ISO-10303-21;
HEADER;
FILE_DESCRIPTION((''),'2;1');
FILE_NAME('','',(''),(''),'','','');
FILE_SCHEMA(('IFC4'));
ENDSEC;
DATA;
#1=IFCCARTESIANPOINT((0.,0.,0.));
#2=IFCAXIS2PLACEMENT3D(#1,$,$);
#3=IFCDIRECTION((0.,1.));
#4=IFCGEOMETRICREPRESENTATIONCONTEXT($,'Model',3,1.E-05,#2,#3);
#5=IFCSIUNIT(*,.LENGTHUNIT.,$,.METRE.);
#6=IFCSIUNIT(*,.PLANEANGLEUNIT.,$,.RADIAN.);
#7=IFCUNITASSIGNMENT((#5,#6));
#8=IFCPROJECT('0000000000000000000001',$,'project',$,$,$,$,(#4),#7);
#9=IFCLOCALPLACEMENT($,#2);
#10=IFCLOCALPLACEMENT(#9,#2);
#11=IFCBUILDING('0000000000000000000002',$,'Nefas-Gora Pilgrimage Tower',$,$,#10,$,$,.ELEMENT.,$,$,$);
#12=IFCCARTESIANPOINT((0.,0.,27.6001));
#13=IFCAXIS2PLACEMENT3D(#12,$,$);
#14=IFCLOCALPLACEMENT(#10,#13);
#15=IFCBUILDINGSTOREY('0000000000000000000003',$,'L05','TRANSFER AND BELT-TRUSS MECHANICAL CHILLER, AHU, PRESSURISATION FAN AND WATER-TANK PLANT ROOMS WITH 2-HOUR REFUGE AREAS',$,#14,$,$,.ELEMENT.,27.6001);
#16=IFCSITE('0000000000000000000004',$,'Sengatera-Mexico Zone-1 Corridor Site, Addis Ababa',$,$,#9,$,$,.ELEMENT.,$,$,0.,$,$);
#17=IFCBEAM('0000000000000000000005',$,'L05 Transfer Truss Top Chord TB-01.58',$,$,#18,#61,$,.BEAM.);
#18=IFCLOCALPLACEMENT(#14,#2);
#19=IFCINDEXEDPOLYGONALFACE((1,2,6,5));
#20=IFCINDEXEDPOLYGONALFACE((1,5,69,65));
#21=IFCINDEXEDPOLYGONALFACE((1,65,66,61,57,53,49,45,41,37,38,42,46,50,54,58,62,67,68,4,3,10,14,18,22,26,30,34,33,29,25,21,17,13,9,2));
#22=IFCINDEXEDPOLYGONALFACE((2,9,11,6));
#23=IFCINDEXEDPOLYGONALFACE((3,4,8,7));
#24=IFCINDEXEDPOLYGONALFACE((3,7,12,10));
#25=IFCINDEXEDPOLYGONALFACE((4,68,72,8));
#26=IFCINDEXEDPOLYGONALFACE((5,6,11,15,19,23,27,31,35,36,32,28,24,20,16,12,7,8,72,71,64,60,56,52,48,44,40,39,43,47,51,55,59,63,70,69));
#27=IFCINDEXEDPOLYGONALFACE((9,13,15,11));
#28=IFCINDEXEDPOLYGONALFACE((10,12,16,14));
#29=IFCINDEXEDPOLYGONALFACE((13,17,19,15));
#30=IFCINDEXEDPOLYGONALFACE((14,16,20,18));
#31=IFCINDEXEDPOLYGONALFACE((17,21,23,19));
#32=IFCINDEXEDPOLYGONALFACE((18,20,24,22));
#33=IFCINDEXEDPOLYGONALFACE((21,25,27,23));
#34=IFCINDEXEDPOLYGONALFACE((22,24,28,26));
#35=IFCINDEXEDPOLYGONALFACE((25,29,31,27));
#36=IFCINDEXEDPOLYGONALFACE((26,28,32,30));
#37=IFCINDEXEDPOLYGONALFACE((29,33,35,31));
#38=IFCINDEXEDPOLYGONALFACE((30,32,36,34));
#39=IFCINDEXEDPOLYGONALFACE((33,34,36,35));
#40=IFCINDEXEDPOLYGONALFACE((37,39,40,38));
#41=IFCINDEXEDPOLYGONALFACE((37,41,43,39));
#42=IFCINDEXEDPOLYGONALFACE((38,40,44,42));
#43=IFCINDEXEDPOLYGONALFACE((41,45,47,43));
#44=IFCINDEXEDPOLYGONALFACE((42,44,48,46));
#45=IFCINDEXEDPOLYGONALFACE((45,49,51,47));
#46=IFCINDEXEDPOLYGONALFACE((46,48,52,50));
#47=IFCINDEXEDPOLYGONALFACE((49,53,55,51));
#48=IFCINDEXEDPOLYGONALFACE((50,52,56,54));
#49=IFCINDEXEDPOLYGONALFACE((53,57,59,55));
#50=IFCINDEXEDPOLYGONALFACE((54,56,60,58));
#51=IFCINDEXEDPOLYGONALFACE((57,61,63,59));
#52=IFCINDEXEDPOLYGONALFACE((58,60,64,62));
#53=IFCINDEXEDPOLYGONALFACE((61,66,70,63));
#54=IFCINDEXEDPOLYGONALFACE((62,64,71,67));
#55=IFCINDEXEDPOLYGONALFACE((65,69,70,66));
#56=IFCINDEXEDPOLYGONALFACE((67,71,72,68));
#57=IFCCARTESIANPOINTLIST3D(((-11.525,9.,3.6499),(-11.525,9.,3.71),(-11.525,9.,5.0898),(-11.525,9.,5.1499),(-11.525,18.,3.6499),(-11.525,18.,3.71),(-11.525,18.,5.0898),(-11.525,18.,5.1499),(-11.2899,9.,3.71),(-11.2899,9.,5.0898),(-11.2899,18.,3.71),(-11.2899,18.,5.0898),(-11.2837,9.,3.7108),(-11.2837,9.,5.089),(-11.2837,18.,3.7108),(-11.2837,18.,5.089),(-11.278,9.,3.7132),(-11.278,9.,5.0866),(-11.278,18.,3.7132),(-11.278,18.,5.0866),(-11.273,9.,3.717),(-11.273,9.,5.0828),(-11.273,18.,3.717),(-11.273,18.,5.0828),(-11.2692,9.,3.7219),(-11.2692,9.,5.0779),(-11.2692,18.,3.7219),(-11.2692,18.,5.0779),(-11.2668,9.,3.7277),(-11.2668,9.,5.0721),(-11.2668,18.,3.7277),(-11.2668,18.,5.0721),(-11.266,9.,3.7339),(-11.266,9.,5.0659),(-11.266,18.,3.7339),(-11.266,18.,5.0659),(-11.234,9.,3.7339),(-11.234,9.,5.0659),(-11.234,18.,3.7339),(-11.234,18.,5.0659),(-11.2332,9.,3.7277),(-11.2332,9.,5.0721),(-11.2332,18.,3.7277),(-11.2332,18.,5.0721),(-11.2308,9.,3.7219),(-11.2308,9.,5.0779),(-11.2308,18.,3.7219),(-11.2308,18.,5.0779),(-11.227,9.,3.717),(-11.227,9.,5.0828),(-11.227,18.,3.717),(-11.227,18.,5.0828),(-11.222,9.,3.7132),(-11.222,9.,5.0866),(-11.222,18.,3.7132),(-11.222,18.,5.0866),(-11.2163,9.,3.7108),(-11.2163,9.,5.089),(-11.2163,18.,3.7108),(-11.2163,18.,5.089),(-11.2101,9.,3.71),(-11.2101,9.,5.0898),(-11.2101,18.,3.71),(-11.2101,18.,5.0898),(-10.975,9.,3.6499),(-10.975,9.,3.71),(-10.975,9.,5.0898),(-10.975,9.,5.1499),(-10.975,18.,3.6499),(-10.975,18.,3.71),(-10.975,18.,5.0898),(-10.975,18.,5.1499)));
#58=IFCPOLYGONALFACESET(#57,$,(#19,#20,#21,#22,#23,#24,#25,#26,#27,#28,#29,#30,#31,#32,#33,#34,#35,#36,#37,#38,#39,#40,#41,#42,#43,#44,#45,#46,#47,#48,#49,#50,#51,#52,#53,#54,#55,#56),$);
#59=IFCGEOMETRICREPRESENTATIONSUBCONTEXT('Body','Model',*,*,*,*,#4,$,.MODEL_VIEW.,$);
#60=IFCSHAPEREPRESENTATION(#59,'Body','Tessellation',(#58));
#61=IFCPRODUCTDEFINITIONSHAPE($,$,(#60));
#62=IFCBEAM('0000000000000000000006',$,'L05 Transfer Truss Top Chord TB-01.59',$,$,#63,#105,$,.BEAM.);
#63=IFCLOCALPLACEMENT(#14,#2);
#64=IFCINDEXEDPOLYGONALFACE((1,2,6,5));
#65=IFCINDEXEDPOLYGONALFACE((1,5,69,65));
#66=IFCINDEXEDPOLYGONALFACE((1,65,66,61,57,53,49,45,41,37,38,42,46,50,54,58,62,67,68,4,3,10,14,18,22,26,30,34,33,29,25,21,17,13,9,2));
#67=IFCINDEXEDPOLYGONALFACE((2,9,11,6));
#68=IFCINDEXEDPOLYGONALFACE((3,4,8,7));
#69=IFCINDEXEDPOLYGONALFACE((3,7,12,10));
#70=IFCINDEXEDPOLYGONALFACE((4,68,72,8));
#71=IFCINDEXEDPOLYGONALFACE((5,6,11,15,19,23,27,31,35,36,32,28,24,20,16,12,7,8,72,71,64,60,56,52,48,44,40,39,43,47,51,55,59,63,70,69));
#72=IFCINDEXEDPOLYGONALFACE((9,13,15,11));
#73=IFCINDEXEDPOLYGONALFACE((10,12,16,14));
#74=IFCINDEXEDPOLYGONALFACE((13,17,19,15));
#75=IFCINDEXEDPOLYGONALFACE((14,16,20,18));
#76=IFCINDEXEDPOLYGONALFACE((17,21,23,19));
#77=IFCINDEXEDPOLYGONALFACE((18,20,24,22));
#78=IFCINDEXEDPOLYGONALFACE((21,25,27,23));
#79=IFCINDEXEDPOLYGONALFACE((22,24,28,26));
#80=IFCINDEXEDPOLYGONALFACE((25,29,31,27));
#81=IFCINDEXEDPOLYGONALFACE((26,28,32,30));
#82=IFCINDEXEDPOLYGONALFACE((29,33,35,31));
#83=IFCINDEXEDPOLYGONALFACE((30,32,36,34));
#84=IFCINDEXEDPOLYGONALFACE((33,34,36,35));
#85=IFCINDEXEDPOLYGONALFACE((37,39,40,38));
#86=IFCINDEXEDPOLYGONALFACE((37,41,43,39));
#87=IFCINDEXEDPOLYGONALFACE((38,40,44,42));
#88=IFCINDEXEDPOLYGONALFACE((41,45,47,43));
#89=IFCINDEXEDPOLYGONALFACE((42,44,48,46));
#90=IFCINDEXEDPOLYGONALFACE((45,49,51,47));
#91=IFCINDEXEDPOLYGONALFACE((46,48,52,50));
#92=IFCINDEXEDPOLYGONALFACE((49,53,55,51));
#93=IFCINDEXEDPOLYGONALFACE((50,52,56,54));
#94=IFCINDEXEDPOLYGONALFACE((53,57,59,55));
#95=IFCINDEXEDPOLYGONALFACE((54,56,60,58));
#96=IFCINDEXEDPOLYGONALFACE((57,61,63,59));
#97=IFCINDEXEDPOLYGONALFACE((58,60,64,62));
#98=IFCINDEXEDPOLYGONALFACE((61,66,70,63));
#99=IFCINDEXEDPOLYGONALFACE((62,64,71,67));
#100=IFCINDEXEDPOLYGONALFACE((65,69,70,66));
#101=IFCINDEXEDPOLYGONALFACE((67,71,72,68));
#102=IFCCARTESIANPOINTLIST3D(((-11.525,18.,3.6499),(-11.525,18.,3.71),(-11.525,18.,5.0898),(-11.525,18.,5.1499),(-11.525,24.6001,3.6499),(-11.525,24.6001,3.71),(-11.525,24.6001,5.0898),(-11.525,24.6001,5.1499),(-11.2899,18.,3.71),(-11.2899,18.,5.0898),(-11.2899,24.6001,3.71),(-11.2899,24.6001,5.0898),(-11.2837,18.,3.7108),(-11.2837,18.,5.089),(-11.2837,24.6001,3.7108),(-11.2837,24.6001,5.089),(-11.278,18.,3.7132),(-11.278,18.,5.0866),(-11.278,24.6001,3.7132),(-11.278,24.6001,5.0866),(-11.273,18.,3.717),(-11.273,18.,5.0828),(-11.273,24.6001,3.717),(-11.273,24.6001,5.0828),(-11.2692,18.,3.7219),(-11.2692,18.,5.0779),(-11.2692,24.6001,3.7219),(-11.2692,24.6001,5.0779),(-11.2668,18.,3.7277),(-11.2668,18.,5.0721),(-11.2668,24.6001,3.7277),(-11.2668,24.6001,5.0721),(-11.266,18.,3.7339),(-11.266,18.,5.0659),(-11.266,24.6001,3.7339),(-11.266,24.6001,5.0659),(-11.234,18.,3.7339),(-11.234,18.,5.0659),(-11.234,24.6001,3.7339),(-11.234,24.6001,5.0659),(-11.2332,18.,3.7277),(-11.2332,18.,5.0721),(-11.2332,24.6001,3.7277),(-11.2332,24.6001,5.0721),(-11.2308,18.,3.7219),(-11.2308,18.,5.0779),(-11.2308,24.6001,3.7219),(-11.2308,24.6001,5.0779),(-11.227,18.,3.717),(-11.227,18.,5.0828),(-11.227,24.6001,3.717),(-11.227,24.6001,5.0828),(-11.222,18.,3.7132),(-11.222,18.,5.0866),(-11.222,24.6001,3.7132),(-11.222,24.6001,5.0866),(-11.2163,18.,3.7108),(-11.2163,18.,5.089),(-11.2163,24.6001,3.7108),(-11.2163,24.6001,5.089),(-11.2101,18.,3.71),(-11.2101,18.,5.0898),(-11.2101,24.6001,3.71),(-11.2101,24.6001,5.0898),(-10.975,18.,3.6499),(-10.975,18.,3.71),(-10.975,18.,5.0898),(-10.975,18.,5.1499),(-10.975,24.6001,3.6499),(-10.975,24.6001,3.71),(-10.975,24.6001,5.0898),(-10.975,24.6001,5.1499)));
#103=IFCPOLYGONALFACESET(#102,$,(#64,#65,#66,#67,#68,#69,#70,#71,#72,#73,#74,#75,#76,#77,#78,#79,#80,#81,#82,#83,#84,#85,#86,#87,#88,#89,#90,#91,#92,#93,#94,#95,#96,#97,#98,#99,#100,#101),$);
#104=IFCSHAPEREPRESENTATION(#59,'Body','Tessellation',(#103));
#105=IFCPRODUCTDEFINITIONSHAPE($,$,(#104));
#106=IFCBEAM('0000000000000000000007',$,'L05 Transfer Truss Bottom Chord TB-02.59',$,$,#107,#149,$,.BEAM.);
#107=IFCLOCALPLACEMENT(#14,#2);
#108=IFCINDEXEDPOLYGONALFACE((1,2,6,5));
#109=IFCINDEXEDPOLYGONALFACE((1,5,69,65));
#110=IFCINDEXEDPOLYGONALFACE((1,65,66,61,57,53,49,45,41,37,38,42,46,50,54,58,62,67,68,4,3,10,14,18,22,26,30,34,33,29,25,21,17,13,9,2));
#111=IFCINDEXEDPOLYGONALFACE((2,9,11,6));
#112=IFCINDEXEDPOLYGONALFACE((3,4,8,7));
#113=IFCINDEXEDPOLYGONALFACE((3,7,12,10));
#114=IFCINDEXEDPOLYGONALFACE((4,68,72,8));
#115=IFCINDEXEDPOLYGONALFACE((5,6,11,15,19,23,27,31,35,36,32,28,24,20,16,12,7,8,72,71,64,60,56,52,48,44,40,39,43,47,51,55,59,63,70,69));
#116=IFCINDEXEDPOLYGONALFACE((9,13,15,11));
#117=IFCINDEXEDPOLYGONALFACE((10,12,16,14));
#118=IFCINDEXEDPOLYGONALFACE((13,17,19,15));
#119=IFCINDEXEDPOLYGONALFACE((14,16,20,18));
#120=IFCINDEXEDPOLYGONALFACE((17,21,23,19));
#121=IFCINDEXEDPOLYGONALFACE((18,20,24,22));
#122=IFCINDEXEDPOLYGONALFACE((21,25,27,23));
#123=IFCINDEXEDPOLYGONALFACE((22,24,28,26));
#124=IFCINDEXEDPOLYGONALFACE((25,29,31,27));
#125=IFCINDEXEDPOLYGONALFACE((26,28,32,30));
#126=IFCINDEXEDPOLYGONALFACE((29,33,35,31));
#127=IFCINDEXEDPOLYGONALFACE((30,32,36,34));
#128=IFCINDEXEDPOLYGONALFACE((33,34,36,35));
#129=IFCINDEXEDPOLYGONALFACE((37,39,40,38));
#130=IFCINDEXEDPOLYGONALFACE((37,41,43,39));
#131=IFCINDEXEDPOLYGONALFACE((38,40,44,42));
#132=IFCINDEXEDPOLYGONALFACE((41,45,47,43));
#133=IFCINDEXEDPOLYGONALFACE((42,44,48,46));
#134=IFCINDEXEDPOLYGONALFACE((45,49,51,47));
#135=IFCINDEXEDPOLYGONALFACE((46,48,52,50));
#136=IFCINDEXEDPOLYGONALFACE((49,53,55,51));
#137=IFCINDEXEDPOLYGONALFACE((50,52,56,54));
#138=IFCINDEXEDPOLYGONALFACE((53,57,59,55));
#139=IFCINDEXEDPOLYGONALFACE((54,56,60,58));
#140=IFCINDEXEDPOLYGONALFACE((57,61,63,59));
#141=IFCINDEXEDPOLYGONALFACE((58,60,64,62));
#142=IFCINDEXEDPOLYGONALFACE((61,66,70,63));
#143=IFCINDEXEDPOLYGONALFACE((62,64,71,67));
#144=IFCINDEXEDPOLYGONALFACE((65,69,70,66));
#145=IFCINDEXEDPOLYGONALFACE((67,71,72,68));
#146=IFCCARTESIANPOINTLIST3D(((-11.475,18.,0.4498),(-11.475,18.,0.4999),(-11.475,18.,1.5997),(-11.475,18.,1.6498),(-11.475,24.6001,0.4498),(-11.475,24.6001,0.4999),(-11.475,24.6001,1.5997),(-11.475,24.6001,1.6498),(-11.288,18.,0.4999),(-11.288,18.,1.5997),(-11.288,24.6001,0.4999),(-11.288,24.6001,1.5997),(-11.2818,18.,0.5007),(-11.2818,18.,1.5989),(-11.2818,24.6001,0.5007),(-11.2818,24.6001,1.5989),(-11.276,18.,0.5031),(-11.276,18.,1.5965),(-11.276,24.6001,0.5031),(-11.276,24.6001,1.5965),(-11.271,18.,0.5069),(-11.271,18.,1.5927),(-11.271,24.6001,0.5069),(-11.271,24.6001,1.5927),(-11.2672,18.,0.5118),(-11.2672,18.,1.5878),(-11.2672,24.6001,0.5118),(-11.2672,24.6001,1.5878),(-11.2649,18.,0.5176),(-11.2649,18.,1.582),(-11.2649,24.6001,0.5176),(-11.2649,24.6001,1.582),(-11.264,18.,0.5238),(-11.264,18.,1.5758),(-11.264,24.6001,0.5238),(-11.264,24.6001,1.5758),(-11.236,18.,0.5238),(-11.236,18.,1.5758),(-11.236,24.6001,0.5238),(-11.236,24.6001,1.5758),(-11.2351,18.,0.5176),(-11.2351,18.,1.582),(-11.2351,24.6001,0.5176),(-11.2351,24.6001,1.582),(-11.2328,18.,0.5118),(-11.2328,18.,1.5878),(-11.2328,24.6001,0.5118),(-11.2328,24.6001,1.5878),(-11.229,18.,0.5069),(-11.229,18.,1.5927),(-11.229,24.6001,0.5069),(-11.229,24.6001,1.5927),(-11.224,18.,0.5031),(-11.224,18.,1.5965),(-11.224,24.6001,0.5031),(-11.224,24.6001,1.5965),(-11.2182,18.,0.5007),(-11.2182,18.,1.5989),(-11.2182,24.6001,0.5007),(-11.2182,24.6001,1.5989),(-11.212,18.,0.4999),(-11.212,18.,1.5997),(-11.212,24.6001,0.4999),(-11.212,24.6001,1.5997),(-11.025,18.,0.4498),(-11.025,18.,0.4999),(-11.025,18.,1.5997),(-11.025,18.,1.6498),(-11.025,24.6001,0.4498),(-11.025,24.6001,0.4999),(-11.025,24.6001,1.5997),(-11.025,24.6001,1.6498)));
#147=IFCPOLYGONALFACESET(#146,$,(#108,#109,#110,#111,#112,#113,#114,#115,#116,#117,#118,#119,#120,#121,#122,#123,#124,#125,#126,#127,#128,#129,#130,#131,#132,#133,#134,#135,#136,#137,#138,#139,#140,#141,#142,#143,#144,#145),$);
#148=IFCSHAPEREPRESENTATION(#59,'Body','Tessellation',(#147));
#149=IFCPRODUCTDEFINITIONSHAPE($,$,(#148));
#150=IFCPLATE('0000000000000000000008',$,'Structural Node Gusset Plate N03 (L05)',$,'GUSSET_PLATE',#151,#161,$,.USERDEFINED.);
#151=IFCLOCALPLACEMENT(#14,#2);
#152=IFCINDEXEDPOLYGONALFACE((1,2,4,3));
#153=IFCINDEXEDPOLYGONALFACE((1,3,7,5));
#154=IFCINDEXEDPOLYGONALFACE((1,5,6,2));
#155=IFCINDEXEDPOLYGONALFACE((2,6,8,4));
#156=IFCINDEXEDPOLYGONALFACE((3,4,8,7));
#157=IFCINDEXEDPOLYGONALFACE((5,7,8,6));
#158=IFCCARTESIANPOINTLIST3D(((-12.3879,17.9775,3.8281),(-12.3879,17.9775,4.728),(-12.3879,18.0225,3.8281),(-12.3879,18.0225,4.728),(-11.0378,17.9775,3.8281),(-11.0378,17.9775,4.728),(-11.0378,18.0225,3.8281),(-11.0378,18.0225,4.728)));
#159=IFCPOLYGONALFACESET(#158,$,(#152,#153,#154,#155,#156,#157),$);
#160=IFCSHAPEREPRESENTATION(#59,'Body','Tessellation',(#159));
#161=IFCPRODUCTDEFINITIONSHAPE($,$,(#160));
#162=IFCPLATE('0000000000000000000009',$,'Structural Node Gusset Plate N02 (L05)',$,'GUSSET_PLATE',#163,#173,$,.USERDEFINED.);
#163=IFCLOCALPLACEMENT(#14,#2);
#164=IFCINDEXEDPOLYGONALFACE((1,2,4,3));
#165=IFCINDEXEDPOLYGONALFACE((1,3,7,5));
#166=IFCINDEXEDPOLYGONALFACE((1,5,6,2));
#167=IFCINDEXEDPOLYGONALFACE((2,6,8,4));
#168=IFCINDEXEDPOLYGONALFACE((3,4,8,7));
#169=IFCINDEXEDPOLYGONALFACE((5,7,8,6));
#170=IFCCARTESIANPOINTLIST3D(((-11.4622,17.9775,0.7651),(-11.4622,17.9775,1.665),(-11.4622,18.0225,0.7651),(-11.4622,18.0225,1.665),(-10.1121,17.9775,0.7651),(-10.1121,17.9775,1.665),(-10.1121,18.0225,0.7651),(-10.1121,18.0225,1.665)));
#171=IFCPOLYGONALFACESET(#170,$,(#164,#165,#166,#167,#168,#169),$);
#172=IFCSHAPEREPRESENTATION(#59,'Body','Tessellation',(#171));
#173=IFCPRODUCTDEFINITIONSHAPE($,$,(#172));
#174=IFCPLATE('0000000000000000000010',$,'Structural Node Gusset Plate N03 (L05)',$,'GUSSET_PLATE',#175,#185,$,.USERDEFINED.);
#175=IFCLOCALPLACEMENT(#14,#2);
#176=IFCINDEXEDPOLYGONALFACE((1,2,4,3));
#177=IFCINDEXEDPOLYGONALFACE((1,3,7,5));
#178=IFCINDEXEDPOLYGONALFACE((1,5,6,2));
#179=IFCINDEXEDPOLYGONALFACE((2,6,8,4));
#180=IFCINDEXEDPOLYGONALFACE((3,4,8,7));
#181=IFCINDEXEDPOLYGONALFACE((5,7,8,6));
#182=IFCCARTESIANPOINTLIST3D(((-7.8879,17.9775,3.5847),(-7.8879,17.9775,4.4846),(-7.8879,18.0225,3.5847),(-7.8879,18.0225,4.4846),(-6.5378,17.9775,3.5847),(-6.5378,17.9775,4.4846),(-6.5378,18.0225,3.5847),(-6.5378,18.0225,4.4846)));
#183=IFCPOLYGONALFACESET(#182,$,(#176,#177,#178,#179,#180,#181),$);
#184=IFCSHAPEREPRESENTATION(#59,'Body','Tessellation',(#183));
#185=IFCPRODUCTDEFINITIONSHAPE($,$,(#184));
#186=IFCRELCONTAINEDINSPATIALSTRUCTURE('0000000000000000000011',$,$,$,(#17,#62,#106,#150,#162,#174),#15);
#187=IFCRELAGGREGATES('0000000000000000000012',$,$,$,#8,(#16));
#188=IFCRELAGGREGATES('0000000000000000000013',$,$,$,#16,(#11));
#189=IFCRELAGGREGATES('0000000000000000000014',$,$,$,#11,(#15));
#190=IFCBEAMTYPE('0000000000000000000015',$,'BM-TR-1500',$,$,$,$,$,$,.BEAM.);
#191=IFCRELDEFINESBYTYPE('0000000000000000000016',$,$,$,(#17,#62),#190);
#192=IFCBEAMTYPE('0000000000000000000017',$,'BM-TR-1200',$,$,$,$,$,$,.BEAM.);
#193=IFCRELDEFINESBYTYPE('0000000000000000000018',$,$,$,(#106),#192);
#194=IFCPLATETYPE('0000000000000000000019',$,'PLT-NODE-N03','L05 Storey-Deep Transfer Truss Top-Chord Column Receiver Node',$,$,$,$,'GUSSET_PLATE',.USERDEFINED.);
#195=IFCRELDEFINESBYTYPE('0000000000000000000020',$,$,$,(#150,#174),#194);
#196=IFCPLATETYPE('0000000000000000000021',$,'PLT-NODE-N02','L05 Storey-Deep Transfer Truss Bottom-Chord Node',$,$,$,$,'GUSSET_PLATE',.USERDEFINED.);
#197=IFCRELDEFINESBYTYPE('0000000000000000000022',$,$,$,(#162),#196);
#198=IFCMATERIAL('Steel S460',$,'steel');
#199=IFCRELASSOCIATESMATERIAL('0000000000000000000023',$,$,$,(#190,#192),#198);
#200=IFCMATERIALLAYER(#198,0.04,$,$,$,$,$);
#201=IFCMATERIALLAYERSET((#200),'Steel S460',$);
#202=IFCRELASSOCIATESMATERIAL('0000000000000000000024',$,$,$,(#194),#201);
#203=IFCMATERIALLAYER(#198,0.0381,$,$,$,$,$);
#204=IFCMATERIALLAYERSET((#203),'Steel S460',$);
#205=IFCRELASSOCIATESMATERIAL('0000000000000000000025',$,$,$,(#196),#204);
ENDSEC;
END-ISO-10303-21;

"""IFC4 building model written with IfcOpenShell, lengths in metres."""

from ifc_helpers import new_model, si_unit, direction, frame, origin, origin_2d, place, context, subcontext, project, spatial, rectangle, i_section, extrude, source, transform, mapped, material, layer, layer_set, material_profile, profile_set, type_object, element, save


model = new_model("IFC4")

# Units and contexts
model_context = context("Model", 3, precision=1e-05, world=origin(), true_north=direction((0.0, 1.0)))
body_context = subcontext(model_context, "Body", "Model", "MODEL_VIEW")
ifc_project = project(units=[si_unit("LENGTHUNIT", "METRE"), si_unit("PLANEANGLEUNIT", "RADIAN")], contexts=[model_context])

# Site, building, storey
site_placement = place(None, origin())
site = spatial("IfcSite", under=ifc_project, at=site_placement, Name="Sengatera-Mexico Zone-1 Corridor Site, Addis Ababa", CompositionType="ELEMENT", RefElevation=0.0)
building_placement = place(site_placement, origin())
building = spatial("IfcBuilding", under=site, at=building_placement, Name="Nefas-Gora Pilgrimage Tower", CompositionType="ELEMENT")
storey_placement = place(building_placement, frame((0.0, 0.0, 27.6001)))
storey = spatial("IfcBuildingStorey", under=building, at=storey_placement, Name="L05", Description="TRANSFER AND BELT-TRUSS MECHANICAL CHILLER, AHU, PRESSURISATION FAN AND WATER-TANK PLANT ROOMS WITH 2-HOUR REFUGE AREAS", CompositionType="ELEMENT", Elevation=27.6001)

# Shared definitions
ifc_material_1 = material(Name="Steel S460", Category="steel")

# Shared definitions
ifc_material_profile_1 = material_profile(ifc_material_1, i_section(OverallWidth=0.55, OverallDepth=1.5, WebThickness=0.032, FlangeThickness=0.0601, FilletRadius=0.0239, at=origin_2d()), Name="WPG 1500x550x32x60")
ifc_profile_set_1 = profile_set([ifc_material_profile_1], Name="Steel S460")
beam_type_1 = type_object("IfcBeamType", Name="BM-TR-1500", PredefinedType="BEAM", material=ifc_profile_set_1)
ifc_material_profile_2 = material_profile(ifc_material_1, i_section(OverallWidth=0.45, OverallDepth=1.2, WebThickness=0.0281, FlangeThickness=0.05, FilletRadius=0.0239, at=origin_2d()), Name="WPG 1200x450x28x50")
ifc_profile_set_2 = profile_set([ifc_material_profile_2], Name="Steel S460")
beam_type_2 = type_object("IfcBeamType", Name="BM-TR-1200", PredefinedType="BEAM", material=ifc_profile_set_2)

# Beams
shared_shape_1 = source(origin(), body_context, "Body", "SweptSolid", [
    extrude(i_section(OverallWidth=0.55, OverallDepth=1.5, WebThickness=0.032, FlangeThickness=0.0601, FilletRadius=0.0239, at=origin_2d()), origin(), (0.0, 0.0, 1.0), 9.0),
])
beam_1_placement = place(storey_placement, frame((-11.25, 9.0, 4.3999), z_axis=(0.0, 1.0, 0.0), x_axis=(-1.0, 0.0, 0.0)))
element("IfcBeam", 1, at=beam_1_placement, inside=storey, type_object=beam_type_1, Name="L05 Transfer Truss Top Chord TB-01.58", PredefinedType="BEAM", context=body_context, shape_type="MappedRepresentation", body=[
    mapped(shared_shape_1, transform((0.0, 0.0, 0.0), x_axis=(1.0, 0.0, 0.0), y_axis=(0.0, 1.0, 0.0), z_axis=(0.0, 0.0, 1.0), scale=1.0)),
])
shared_shape_2 = source(origin(), body_context, "Body", "SweptSolid", [
    extrude(i_section(OverallWidth=0.55, OverallDepth=1.5, WebThickness=0.032, FlangeThickness=0.0601, FilletRadius=0.0239, at=origin_2d()), origin(), (0.0, 0.0, 1.0), 6.6001),
])
beam_2_placement = place(storey_placement, frame((-11.25, 18.0, 4.3999), z_axis=(0.0, 1.0, 0.0), x_axis=(-1.0, 0.0, 0.0)))
element("IfcBeam", 2, at=beam_2_placement, inside=storey, type_object=beam_type_1, Name="L05 Transfer Truss Top Chord TB-01.59", PredefinedType="BEAM", context=body_context, shape_type="MappedRepresentation", body=[
    mapped(shared_shape_2, transform((0.0, 0.0, 0.0), x_axis=(1.0, 0.0, 0.0), y_axis=(0.0, 1.0, 0.0), z_axis=(0.0, 0.0, 1.0), scale=1.0)),
])
shared_shape_3 = source(origin(), body_context, "Body", "SweptSolid", [
    extrude(i_section(OverallWidth=0.45, OverallDepth=1.2, WebThickness=0.0281, FlangeThickness=0.05, FilletRadius=0.0239, at=origin_2d()), origin(), (0.0, 0.0, 1.0), 6.6001),
])
beam_3_placement = place(storey_placement, frame((-11.25, 18.0, 1.0498), z_axis=(0.0, 1.0, 0.0), x_axis=(-1.0, 0.0, 0.0)))
element("IfcBeam", 3, at=beam_3_placement, inside=storey, type_object=beam_type_2, Name="L05 Transfer Truss Bottom Chord TB-02.59", PredefinedType="BEAM", context=body_context, shape_type="MappedRepresentation", body=[
    mapped(shared_shape_3, transform((0.0, 0.0, 0.0), x_axis=(1.0, 0.0, 0.0), y_axis=(0.0, 1.0, 0.0), z_axis=(0.0, 0.0, 1.0), scale=1.0)),
])

# Plates
ifc_layer_1 = layer(ifc_material_1, 0.04)
ifc_layer_set_1 = layer_set([ifc_layer_1], Name="Steel S460")
plate_type_1 = type_object("IfcPlateType", Name="PLT-NODE-N03", Description="L05 Storey-Deep Transfer Truss Top-Chord Column Receiver Node", ElementType="GUSSET_PLATE", PredefinedType="USERDEFINED", material=ifc_layer_set_1)
shared_shape_4 = source(origin(), body_context, "Body", "SweptSolid", [
    extrude(rectangle(XDim=1.3501, YDim=0.0449, at=origin_2d()), origin(), (0.0, 0.0, 1.0), 0.8999),
])
plate_1_placement = place(storey_placement, frame((-11.7129, 18.0, 3.8281), z_axis=(0.0, 0.0, 1.0), x_axis=(1.0, 0.0, 0.0)))
element("IfcPlate", 4, at=plate_1_placement, inside=storey, type_object=plate_type_1, Name="Structural Node Gusset Plate N03 (L05)", ObjectType="GUSSET_PLATE", PredefinedType="USERDEFINED", context=body_context, shape_type="MappedRepresentation", body=[
    mapped(shared_shape_4, transform((0.0, 0.0, 0.0), x_axis=(1.0, 0.0, 0.0), y_axis=(0.0, 1.0, 0.0), z_axis=(0.0, 0.0, 1.0), scale=1.0)),
])
ifc_layer_2 = layer(ifc_material_1, 0.0381)
ifc_layer_set_2 = layer_set([ifc_layer_2], Name="Steel S460")
plate_type_2 = type_object("IfcPlateType", Name="PLT-NODE-N02", Description="L05 Storey-Deep Transfer Truss Bottom-Chord Node", ElementType="GUSSET_PLATE", PredefinedType="USERDEFINED", material=ifc_layer_set_2)
plate_2_placement = place(storey_placement, frame((-10.7871, 18.0, 0.7651), z_axis=(0.0, 0.0, 1.0), x_axis=(1.0, 0.0, 0.0)))
element("IfcPlate", 5, at=plate_2_placement, inside=storey, type_object=plate_type_2, Name="Structural Node Gusset Plate N02 (L05)", ObjectType="GUSSET_PLATE", PredefinedType="USERDEFINED", context=body_context, shape_type="MappedRepresentation", body=[
    mapped(shared_shape_4, transform((0.0, 0.0, 0.0), x_axis=(1.0, 0.0, 0.0), y_axis=(0.0, 1.0, 0.0), z_axis=(0.0, 0.0, 1.0), scale=1.0)),
])
plate_3_placement = place(storey_placement, frame((-7.2129, 18.0, 3.5847), z_axis=(0.0, 0.0, 1.0), x_axis=(1.0, 0.0, 0.0)))
element("IfcPlate", 6, at=plate_3_placement, inside=storey, type_object=plate_type_1, Name="Structural Node Gusset Plate N03 (L05)", ObjectType="GUSSET_PLATE", PredefinedType="USERDEFINED", context=body_context, shape_type="MappedRepresentation", body=[
    mapped(shared_shape_4, transform((0.0, 0.0, 0.0), x_axis=(1.0, 0.0, 0.0), y_axis=(0.0, 1.0, 0.0), z_axis=(0.0, 0.0, 1.0), scale=1.0)),
])

save(model, "model.ifc")
